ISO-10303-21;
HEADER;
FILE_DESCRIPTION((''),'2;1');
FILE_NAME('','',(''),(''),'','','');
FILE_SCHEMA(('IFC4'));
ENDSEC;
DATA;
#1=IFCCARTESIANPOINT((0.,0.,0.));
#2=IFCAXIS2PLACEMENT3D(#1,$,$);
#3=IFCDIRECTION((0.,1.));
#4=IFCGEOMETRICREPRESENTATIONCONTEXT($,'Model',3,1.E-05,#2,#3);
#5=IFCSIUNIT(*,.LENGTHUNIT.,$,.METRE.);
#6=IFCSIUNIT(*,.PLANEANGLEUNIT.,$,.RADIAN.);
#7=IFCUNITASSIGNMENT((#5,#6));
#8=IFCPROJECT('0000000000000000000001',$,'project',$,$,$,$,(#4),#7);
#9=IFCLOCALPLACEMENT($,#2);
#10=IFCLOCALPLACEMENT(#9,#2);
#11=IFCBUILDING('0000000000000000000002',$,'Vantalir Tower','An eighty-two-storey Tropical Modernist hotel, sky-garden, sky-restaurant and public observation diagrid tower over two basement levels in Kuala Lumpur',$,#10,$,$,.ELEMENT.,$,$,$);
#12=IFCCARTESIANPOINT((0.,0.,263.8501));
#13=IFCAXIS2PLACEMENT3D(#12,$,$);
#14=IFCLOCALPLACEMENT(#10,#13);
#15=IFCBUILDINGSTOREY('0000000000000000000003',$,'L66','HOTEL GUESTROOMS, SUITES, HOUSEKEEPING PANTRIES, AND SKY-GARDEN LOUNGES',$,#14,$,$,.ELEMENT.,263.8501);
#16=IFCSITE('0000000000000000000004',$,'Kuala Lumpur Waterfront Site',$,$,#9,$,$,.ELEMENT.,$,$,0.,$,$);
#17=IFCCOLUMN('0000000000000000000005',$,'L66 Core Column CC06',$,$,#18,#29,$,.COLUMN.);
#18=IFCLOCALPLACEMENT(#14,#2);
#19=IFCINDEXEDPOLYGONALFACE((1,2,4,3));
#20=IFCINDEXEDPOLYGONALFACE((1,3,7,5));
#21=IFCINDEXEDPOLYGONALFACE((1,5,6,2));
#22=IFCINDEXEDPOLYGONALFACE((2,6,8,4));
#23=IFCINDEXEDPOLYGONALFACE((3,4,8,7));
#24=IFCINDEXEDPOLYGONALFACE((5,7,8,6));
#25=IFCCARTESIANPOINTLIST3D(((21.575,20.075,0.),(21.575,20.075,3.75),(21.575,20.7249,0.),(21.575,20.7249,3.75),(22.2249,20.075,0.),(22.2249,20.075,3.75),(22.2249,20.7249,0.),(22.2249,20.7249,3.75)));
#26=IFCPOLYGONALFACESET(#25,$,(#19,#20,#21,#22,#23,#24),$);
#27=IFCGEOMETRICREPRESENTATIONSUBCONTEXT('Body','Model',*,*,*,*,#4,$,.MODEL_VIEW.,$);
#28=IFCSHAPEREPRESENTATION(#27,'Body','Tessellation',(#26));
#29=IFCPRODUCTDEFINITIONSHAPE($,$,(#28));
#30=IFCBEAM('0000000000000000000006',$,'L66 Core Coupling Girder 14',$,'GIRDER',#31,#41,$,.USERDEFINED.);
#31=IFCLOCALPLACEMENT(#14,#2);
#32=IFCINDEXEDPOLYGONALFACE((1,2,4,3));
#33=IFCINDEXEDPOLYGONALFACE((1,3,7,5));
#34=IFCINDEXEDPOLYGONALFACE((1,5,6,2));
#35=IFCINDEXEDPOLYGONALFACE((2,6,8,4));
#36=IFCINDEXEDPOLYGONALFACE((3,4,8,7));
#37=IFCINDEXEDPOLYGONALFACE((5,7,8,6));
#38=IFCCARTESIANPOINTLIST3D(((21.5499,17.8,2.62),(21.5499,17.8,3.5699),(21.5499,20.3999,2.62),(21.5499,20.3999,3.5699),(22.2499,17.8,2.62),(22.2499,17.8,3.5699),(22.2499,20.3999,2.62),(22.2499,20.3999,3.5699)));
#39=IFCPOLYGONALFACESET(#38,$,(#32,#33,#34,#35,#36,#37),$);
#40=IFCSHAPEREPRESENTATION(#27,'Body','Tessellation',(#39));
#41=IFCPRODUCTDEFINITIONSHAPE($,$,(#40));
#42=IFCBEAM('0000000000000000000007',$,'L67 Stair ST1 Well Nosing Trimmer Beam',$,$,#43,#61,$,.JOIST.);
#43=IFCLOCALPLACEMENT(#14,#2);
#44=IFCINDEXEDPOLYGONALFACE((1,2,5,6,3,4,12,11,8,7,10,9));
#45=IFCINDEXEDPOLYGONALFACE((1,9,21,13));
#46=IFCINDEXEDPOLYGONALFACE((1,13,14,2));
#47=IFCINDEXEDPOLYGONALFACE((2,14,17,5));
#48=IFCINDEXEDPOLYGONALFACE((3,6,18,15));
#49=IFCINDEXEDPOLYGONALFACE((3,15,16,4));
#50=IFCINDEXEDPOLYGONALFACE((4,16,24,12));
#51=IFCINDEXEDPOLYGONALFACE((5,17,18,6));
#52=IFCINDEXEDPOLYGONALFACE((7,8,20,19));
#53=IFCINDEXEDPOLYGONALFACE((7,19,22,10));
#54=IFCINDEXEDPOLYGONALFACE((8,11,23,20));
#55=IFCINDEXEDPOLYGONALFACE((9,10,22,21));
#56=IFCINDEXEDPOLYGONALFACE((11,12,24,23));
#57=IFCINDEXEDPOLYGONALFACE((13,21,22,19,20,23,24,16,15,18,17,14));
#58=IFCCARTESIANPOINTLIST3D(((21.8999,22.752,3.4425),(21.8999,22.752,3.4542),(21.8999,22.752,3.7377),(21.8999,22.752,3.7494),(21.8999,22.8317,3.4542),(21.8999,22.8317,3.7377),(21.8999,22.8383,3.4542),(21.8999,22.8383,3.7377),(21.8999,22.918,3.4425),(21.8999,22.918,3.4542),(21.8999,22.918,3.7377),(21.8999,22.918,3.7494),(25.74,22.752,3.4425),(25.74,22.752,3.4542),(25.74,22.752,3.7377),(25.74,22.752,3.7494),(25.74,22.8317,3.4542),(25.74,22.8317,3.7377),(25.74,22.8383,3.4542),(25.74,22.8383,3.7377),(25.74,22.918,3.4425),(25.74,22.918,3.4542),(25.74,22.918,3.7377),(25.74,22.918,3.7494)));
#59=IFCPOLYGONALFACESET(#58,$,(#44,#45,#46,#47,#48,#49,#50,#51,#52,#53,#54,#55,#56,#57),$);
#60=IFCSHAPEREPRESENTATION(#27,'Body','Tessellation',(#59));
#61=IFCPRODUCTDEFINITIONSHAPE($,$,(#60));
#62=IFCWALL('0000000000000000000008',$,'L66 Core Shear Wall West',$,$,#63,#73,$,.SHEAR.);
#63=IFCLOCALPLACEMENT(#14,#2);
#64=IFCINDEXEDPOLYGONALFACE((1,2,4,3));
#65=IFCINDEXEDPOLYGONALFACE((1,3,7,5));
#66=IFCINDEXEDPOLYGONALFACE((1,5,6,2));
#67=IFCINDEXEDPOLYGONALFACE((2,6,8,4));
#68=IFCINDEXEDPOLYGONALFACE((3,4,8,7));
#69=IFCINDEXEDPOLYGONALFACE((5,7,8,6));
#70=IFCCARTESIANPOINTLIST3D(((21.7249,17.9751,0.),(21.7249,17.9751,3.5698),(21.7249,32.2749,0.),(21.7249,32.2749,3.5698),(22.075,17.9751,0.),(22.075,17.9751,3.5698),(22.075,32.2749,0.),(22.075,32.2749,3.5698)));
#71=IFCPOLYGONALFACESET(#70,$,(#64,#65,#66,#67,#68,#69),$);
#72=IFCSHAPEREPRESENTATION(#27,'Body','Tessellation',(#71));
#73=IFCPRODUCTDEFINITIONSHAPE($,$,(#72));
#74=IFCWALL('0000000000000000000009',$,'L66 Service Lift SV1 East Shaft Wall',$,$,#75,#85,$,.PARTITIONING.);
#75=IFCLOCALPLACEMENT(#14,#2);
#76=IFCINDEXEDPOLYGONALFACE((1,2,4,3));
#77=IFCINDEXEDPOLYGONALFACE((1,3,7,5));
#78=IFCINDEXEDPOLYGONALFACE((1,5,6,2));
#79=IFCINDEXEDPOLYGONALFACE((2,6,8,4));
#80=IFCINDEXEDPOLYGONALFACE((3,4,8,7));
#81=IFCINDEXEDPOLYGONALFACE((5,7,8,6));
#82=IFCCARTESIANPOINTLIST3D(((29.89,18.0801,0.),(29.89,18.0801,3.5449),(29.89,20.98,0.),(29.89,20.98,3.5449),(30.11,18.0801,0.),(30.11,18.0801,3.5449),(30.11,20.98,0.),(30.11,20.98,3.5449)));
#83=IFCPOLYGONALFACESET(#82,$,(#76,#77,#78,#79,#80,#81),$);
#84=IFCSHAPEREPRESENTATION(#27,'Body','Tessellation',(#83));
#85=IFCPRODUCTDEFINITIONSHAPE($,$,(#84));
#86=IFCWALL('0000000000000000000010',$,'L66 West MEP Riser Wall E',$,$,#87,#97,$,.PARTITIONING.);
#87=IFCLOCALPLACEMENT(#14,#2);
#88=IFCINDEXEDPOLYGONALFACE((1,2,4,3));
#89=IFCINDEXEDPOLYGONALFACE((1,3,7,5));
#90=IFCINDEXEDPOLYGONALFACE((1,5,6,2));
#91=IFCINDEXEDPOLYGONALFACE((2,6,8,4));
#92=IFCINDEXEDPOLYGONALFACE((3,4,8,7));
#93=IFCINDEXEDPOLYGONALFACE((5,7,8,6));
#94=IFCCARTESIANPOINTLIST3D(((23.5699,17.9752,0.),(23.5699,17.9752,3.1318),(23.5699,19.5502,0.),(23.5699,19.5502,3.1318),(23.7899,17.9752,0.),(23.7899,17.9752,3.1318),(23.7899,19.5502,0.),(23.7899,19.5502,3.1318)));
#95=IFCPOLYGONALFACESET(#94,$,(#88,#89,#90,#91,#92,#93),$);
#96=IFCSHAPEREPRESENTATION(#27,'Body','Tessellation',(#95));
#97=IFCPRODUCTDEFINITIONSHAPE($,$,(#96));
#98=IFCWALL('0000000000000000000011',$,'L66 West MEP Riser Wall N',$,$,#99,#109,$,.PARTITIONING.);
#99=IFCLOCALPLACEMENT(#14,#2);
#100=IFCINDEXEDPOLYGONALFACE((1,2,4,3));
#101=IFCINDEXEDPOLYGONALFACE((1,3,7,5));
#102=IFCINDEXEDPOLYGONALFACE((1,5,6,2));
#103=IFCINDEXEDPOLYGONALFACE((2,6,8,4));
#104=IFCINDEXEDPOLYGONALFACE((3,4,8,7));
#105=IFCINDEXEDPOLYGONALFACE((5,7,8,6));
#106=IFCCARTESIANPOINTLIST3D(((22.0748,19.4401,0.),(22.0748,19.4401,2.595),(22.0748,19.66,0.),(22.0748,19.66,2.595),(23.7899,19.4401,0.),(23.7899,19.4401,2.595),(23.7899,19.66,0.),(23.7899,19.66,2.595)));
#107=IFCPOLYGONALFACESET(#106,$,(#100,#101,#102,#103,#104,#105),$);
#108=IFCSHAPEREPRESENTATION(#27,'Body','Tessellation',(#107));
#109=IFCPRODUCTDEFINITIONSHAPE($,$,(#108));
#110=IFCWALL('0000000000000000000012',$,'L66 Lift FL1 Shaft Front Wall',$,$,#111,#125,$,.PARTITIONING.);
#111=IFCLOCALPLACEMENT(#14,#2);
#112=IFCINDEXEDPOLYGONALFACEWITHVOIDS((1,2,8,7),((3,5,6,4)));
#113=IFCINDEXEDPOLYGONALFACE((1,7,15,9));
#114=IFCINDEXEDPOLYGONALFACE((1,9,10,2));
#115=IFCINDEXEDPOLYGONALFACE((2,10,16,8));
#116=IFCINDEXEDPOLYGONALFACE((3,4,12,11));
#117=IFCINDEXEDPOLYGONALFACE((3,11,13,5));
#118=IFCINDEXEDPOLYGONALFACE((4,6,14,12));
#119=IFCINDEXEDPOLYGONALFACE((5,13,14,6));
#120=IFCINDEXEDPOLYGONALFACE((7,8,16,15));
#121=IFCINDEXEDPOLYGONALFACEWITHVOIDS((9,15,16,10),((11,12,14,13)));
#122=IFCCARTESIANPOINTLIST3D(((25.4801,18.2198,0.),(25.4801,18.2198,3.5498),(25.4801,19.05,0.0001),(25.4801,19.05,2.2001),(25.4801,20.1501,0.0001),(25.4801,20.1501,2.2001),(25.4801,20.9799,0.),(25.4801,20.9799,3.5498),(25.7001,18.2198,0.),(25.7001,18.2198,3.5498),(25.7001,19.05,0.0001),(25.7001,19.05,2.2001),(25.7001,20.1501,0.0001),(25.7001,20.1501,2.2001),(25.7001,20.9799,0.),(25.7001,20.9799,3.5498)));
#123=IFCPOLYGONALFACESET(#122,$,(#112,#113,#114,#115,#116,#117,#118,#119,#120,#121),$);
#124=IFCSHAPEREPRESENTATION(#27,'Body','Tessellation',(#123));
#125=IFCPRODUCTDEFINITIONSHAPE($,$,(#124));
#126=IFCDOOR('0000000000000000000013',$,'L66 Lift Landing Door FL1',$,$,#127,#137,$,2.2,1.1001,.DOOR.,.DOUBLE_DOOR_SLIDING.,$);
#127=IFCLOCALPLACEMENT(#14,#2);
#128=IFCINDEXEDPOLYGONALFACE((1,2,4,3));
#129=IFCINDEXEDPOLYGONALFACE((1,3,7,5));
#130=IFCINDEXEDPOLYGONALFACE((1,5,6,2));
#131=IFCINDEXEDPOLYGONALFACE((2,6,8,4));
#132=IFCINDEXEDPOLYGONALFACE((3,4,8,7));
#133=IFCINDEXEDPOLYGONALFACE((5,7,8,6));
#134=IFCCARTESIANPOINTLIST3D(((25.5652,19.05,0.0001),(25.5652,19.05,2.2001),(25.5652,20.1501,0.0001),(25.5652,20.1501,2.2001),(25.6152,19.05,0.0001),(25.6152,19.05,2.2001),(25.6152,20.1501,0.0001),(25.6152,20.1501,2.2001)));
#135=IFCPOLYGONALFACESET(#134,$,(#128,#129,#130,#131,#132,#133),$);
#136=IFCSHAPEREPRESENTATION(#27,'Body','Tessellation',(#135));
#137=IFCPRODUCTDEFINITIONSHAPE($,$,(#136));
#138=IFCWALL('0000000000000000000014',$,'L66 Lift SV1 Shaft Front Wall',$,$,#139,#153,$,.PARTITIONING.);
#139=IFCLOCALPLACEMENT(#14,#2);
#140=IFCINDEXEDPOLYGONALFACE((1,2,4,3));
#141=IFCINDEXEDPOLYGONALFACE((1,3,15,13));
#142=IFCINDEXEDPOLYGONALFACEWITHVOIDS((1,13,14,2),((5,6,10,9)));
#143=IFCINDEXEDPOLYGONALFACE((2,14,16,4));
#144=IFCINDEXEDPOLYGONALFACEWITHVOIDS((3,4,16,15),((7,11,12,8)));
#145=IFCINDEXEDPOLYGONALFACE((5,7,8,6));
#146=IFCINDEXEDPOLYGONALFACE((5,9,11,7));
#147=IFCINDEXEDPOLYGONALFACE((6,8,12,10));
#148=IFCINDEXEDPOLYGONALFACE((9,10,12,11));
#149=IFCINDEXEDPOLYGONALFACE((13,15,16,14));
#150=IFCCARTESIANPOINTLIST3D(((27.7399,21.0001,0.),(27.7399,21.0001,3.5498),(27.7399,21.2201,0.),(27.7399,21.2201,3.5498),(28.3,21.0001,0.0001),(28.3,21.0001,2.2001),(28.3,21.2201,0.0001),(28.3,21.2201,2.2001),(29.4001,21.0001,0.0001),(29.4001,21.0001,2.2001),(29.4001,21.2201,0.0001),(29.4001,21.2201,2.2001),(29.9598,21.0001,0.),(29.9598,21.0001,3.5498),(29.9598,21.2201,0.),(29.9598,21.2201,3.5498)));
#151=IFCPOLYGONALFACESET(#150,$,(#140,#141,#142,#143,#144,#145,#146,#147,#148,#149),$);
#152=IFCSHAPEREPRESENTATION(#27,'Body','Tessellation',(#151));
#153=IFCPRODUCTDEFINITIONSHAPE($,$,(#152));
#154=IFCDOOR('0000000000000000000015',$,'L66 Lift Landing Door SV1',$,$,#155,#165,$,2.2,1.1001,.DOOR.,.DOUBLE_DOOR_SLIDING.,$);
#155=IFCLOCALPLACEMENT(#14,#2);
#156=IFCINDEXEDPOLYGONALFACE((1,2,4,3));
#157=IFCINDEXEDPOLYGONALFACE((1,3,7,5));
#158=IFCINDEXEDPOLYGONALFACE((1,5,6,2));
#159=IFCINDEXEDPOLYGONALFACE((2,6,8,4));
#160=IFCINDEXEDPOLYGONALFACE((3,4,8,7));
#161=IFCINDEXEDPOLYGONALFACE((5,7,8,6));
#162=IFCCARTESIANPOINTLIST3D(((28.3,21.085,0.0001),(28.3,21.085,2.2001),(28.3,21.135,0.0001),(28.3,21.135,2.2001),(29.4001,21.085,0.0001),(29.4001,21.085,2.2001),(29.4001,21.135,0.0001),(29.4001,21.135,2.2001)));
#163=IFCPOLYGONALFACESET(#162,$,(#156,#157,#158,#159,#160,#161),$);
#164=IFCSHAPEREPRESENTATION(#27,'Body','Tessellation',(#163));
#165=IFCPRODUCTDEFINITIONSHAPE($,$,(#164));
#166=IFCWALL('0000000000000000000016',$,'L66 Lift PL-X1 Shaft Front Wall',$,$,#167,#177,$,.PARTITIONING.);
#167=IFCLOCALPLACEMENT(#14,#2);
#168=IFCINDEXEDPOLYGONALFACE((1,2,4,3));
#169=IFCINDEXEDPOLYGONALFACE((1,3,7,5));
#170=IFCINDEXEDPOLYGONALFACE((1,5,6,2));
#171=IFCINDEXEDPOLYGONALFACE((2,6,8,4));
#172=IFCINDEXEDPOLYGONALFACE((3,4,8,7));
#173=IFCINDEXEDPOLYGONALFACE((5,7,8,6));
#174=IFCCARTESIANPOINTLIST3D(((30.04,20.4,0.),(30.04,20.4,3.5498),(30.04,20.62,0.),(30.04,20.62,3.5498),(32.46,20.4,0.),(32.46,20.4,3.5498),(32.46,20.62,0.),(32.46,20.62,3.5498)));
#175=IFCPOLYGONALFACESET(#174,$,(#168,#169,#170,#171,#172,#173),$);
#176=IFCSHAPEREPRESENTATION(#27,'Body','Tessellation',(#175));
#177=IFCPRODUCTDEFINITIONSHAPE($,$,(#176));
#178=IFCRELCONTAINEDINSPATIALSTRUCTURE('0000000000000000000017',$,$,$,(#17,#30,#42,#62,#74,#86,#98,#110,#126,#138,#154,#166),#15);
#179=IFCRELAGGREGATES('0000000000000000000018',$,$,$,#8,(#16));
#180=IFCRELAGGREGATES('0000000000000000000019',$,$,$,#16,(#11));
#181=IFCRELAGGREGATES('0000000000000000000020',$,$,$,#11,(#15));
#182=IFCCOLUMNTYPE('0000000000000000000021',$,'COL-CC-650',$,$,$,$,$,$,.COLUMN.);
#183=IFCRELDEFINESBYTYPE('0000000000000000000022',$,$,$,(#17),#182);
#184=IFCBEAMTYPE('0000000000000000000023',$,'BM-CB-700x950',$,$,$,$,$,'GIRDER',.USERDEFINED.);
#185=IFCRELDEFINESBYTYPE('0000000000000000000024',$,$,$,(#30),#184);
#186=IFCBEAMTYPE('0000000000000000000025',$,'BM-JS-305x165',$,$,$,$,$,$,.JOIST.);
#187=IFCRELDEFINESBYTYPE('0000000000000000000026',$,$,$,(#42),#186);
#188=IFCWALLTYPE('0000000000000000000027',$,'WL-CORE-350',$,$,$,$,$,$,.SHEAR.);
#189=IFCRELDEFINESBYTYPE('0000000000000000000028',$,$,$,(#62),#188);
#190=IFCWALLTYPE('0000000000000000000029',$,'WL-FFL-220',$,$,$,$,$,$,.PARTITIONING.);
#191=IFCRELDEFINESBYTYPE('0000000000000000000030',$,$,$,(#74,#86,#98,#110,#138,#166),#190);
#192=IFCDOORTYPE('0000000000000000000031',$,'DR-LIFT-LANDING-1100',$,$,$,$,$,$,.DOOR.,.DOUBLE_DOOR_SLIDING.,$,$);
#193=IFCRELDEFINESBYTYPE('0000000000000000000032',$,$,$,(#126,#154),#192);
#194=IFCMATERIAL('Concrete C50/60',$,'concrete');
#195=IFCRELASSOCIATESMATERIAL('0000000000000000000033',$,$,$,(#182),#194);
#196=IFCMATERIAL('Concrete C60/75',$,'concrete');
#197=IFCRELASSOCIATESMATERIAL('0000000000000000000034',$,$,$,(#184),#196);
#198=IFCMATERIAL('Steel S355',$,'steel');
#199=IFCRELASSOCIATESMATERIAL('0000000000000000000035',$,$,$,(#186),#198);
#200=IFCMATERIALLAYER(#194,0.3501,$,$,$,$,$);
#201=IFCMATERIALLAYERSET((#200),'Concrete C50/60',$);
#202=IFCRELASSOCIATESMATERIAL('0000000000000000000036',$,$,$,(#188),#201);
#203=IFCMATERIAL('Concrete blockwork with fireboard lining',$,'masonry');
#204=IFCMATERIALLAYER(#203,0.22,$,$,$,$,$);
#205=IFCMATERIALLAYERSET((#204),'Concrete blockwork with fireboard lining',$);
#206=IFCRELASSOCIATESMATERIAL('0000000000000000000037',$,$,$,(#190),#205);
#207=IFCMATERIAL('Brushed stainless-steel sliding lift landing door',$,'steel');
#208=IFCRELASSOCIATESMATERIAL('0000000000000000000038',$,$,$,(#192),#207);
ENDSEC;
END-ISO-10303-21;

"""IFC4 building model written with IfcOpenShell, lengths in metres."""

from ifc_helpers import new_model, si_unit, direction, frame, frame_2d, origin, origin_2d, place, context, subcontext, project, spatial, rectangle, i_section, extrude, material, layer, layer_set, material_profile, profile_set, type_object, element, fill, save


model = new_model("IFC4")

# Units and contexts
model_context = context("Model", 3, precision=1e-05, world=origin(), true_north=direction((0.0, 1.0)))
body_context = subcontext(model_context, "Body", "Model", "MODEL_VIEW")
ifc_project = project(units=[si_unit("LENGTHUNIT", "METRE"), si_unit("PLANEANGLEUNIT", "RADIAN")], contexts=[model_context])

# Site, building, storey
site_placement = place(None, origin())
site = spatial("IfcSite", under=ifc_project, at=site_placement, Name="Kuala Lumpur Waterfront Site", CompositionType="ELEMENT", RefElevation=0.0)
building_placement = place(site_placement, origin())
building = spatial("IfcBuilding", under=site, at=building_placement, Name="Vantalir Tower", Description="An eighty-two-storey Tropical Modernist hotel, sky-garden, sky-restaurant and public observation diagrid tower over two basement levels in Kuala Lumpur", CompositionType="ELEMENT")
storey_placement = place(building_placement, frame((0.0, 0.0, 263.8501)))
storey = spatial("IfcBuildingStorey", under=building, at=storey_placement, Name="L66", Description="HOTEL GUESTROOMS, SUITES, HOUSEKEEPING PANTRIES, AND SKY-GARDEN LOUNGES", CompositionType="ELEMENT", Elevation=263.8501)

# Column
ifc_material_1 = material(Name="Concrete C50/60", Category="concrete")
ifc_material_profile_1 = material_profile(ifc_material_1, rectangle(XDim=0.6499, YDim=0.6499, at=origin_2d()), Name="Concrete C50/60")
ifc_profile_set_1 = profile_set([ifc_material_profile_1], Name="Concrete C50/60")
column_type = type_object("IfcColumnType", Name="COL-CC-650", PredefinedType="COLUMN", material=ifc_profile_set_1)
column_placement = place(storey_placement, frame((21.8999, 20.3999, 0.0), z_axis=(0.0, 0.0, 1.0), x_axis=(1.0, 0.0, 0.0)))
element("IfcColumn", 1, at=column_placement, inside=storey, type_object=column_type, Name="L66 Core Column CC06", PredefinedType="COLUMN", context=body_context, shape_type="SweptSolid", body=[
    extrude(rectangle(XDim=0.6499, YDim=0.6499, at=origin_2d()), origin(), (0.0, 0.0, 1.0), 3.75),
])

# Beams
ifc_material_2 = material(Name="Concrete C60/75", Category="concrete")
ifc_material_profile_2 = material_profile(ifc_material_2, rectangle(XDim=0.7, YDim=0.95, at=origin_2d()), Name="Concrete C60/75")
ifc_profile_set_2 = profile_set([ifc_material_profile_2], Name="Concrete C60/75")
beam_type_1 = type_object("IfcBeamType", Name="BM-CB-700x950", ElementType="GIRDER", PredefinedType="USERDEFINED", material=ifc_profile_set_2)
beam_1_placement = place(storey_placement, frame((21.8999, 20.3999, 3.095), z_axis=(0.0, -1.0, 0.0), x_axis=(1.0, 0.0, 0.0)))
element("IfcBeam", 2, at=beam_1_placement, inside=storey, type_object=beam_type_1, Name="L66 Core Coupling Girder 14", ObjectType="GIRDER", PredefinedType="USERDEFINED", context=body_context, shape_type="SweptSolid", body=[
    extrude(rectangle(XDim=0.7, YDim=0.95, at=origin_2d()), origin(), (0.0, 0.0, 1.0), 2.5999),
])
ifc_material_3 = material(Name="Steel S355", Category="steel")
ifc_material_profile_3 = material_profile(ifc_material_3, i_section(OverallWidth=0.166, OverallDepth=0.3069, WebThickness=0.0066, FlangeThickness=0.0117, at=origin_2d()), Name="Steel S355")
ifc_profile_set_3 = profile_set([ifc_material_profile_3], Name="Steel S355")
beam_type_2 = type_object("IfcBeamType", Name="BM-JS-305x165", PredefinedType="JOIST", material=ifc_profile_set_3)
beam_2_placement = place(storey_placement, frame((21.8999, 22.835, 3.5959), z_axis=(1.0, 0.0, 0.0), x_axis=(0.0, 1.0, 0.0)))
element("IfcBeam", 3, at=beam_2_placement, inside=storey, type_object=beam_type_2, Name="L67 Stair ST1 Well Nosing Trimmer Beam", PredefinedType="JOIST", context=body_context, shape_type="SweptSolid", body=[
    extrude(i_section(OverallWidth=0.166, OverallDepth=0.3069, WebThickness=0.0066, FlangeThickness=0.0117, at=origin_2d()), origin(), (0.0, 0.0, 1.0), 3.8401),
])

# Walls
ifc_layer_1 = layer(ifc_material_1, 0.3501)
ifc_layer_set_1 = layer_set([ifc_layer_1], Name="Concrete C50/60")
wall_type_1 = type_object("IfcWallType", Name="WL-CORE-350", PredefinedType="SHEAR", material=ifc_layer_set_1)
wall_1_placement = place(storey_placement, frame((21.8999, 17.9751, 0.0), z_axis=(0.0, 0.0, 1.0), x_axis=(0.0, 1.0, 0.0)))
element("IfcWall", 4, at=wall_1_placement, inside=storey, type_object=wall_type_1, Name="L66 Core Shear Wall West", PredefinedType="SHEAR", context=body_context, shape_type="SweptSolid", body=[
    extrude(rectangle(XDim=14.2998, YDim=0.3501, at=frame_2d((7.1499, 0.0))), origin(), (0.0, 0.0, 1.0), 3.5698),
])
ifc_material_4 = material(Name="Concrete blockwork with fireboard lining", Category="masonry")
ifc_layer_2 = layer(ifc_material_4, 0.22)
ifc_layer_set_2 = layer_set([ifc_layer_2], Name="Concrete blockwork with fireboard lining")
wall_type_2 = type_object("IfcWallType", Name="WL-FFL-220", PredefinedType="PARTITIONING", material=ifc_layer_set_2)
wall_2_placement = place(storey_placement, frame((30.0, 18.0801, 0.0), z_axis=(0.0, 0.0, 1.0), x_axis=(0.0, 1.0, 0.0)))
element("IfcWall", 5, at=wall_2_placement, inside=storey, type_object=wall_type_2, Name="L66 Service Lift SV1 East Shaft Wall", PredefinedType="PARTITIONING", context=body_context, shape_type="SweptSolid", body=[
    extrude(rectangle(XDim=2.8999, YDim=0.22, at=frame_2d((1.45, 0.0))), origin(), (0.0, 0.0, 1.0), 3.5449),
])
wall_3_placement = place(storey_placement, frame((23.6799, 17.9751, 0.0), z_axis=(0.0, 0.0, 1.0), x_axis=(0.0, 1.0, 0.0)))
element("IfcWall", 6, at=wall_3_placement, inside=storey, type_object=wall_type_2, Name="L66 West MEP Riser Wall E", PredefinedType="PARTITIONING", context=body_context, shape_type="SweptSolid", body=[
    extrude(rectangle(XDim=1.575, YDim=0.22, at=frame_2d((0.7876, 0.0))), origin(), (0.0, 0.0, 1.0), 3.1318),
])
wall_4_placement = place(storey_placement, frame((22.075, 19.55, 0.0), z_axis=(0.0, 0.0, 1.0), x_axis=(1.0, 0.0, 0.0)))
element("IfcWall", 7, at=wall_4_placement, inside=storey, type_object=wall_type_2, Name="L66 West MEP Riser Wall N", PredefinedType="PARTITIONING", context=body_context, shape_type="SweptSolid", body=[
    extrude(rectangle(XDim=1.7151, YDim=0.22, at=frame_2d((0.8574, 0.0))), origin(), (0.0, 0.0, 1.0), 2.595),
])

# Walls, openings, doors
wall_5_placement = place(storey_placement, frame((25.5901, 18.22, 0.0), z_axis=(0.0, 0.0, 1.0), x_axis=(0.0, 1.0, 0.0)))
wall_5 = element("IfcWall", 8, at=wall_5_placement, inside=storey, type_object=wall_type_2, Name="L66 Lift FL1 Shaft Front Wall", PredefinedType="PARTITIONING", context=body_context, shape_type="SweptSolid", body=[
    extrude(rectangle(XDim=2.76, YDim=0.22, at=frame_2d((1.3799, 0.0))), origin(), (0.0, 0.0, 1.0), 3.5498),
])
opening_1_placement = place(wall_5_placement, frame((0.8301, 0.0, 0.0)))
opening_1 = element("IfcOpeningElement", 9, at=opening_1_placement, cuts=wall_5, PredefinedType="OPENING", context=body_context, shape_type="SweptSolid", body=[
    extrude(rectangle(XDim=1.1001, YDim=2.2, at=frame_2d((0.55, 1.1001))), frame((0.0, 0.1199, 0.0), z_axis=(0.0, -1.0, 0.0), x_axis=(1.0, 0.0, 0.0)), (0.0, 0.0, 1.0), 0.24),
])
ifc_material_5 = material(Name="Brushed stainless-steel sliding lift landing door", Category="steel")
door_type_1 = type_object("IfcDoorType", Name="DR-LIFT-LANDING-1100", OperationType="DOUBLE_DOOR_SLIDING", PredefinedType="DOOR", material=ifc_material_5)
door_1_placement = place(opening_1_placement, origin())
door_1 = element("IfcDoor", 10, at=door_1_placement, inside=storey, type_object=door_type_1, Name="L66 Lift Landing Door FL1", OperationType="DOUBLE_DOOR_SLIDING", OverallHeight=2.2, OverallWidth=1.1001, PredefinedType="DOOR", context=body_context, shape_type="SweptSolid", body=[
    extrude(rectangle(XDim=1.1001, YDim=2.2, at=frame_2d((0.55, 1.1001))), frame((0.0, 0.0249, 0.0), z_axis=(0.0, -1.0, 0.0), x_axis=(1.0, 0.0, 0.0)), (0.0, 0.0, 1.0), 0.05),
])
fill(opening_1, door_1)
wall_6_placement = place(storey_placement, frame((27.74, 21.1101, 0.0), z_axis=(0.0, 0.0, 1.0), x_axis=(1.0, 0.0, 0.0)))
wall_6 = element("IfcWall", 11, at=wall_6_placement, inside=storey, type_object=wall_type_2, Name="L66 Lift SV1 Shaft Front Wall", PredefinedType="PARTITIONING", context=body_context, shape_type="SweptSolid", body=[
    extrude(rectangle(XDim=2.22, YDim=0.22, at=frame_2d((1.1099, 0.0))), origin(), (0.0, 0.0, 1.0), 3.5498),
])
opening_2_placement = place(wall_6_placement, frame((0.5601, 0.0, 0.0)))
opening_2 = element("IfcOpeningElement", 12, at=opening_2_placement, cuts=wall_6, PredefinedType="OPENING", context=body_context, shape_type="SweptSolid", body=[
    extrude(rectangle(XDim=1.1001, YDim=2.2, at=frame_2d((0.55, 1.1001))), frame((0.0, 0.1199, 0.0), z_axis=(0.0, -1.0, 0.0), x_axis=(1.0, 0.0, 0.0)), (0.0, 0.0, 1.0), 0.24),
])
door_2_placement = place(opening_2_placement, origin())
door_2 = element("IfcDoor", 13, at=door_2_placement, inside=storey, type_object=door_type_1, Name="L66 Lift Landing Door SV1", OperationType="DOUBLE_DOOR_SLIDING", OverallHeight=2.2, OverallWidth=1.1001, PredefinedType="DOOR", context=body_context, shape_type="SweptSolid", body=[
    extrude(rectangle(XDim=1.1001, YDim=2.2, at=frame_2d((0.55, 1.1001))), frame((0.0, 0.0249, 0.0), z_axis=(0.0, -1.0, 0.0), x_axis=(1.0, 0.0, 0.0)), (0.0, 0.0, 1.0), 0.05),
])
fill(opening_2, door_2)

# Wall
wall_7_placement = place(storey_placement, frame((30.04, 20.51, 0.0), z_axis=(0.0, 0.0, 1.0), x_axis=(1.0, 0.0, 0.0)))
element("IfcWall", 14, at=wall_7_placement, inside=storey, type_object=wall_type_2, Name="L66 Lift PL-X1 Shaft Front Wall", PredefinedType="PARTITIONING", context=body_context, shape_type="SweptSolid", body=[
    extrude(rectangle(XDim=2.4199, YDim=0.22, at=frame_2d((1.21, 0.0))), origin(), (0.0, 0.0, 1.0), 3.5498),
])

save(model, "model.ifc")
